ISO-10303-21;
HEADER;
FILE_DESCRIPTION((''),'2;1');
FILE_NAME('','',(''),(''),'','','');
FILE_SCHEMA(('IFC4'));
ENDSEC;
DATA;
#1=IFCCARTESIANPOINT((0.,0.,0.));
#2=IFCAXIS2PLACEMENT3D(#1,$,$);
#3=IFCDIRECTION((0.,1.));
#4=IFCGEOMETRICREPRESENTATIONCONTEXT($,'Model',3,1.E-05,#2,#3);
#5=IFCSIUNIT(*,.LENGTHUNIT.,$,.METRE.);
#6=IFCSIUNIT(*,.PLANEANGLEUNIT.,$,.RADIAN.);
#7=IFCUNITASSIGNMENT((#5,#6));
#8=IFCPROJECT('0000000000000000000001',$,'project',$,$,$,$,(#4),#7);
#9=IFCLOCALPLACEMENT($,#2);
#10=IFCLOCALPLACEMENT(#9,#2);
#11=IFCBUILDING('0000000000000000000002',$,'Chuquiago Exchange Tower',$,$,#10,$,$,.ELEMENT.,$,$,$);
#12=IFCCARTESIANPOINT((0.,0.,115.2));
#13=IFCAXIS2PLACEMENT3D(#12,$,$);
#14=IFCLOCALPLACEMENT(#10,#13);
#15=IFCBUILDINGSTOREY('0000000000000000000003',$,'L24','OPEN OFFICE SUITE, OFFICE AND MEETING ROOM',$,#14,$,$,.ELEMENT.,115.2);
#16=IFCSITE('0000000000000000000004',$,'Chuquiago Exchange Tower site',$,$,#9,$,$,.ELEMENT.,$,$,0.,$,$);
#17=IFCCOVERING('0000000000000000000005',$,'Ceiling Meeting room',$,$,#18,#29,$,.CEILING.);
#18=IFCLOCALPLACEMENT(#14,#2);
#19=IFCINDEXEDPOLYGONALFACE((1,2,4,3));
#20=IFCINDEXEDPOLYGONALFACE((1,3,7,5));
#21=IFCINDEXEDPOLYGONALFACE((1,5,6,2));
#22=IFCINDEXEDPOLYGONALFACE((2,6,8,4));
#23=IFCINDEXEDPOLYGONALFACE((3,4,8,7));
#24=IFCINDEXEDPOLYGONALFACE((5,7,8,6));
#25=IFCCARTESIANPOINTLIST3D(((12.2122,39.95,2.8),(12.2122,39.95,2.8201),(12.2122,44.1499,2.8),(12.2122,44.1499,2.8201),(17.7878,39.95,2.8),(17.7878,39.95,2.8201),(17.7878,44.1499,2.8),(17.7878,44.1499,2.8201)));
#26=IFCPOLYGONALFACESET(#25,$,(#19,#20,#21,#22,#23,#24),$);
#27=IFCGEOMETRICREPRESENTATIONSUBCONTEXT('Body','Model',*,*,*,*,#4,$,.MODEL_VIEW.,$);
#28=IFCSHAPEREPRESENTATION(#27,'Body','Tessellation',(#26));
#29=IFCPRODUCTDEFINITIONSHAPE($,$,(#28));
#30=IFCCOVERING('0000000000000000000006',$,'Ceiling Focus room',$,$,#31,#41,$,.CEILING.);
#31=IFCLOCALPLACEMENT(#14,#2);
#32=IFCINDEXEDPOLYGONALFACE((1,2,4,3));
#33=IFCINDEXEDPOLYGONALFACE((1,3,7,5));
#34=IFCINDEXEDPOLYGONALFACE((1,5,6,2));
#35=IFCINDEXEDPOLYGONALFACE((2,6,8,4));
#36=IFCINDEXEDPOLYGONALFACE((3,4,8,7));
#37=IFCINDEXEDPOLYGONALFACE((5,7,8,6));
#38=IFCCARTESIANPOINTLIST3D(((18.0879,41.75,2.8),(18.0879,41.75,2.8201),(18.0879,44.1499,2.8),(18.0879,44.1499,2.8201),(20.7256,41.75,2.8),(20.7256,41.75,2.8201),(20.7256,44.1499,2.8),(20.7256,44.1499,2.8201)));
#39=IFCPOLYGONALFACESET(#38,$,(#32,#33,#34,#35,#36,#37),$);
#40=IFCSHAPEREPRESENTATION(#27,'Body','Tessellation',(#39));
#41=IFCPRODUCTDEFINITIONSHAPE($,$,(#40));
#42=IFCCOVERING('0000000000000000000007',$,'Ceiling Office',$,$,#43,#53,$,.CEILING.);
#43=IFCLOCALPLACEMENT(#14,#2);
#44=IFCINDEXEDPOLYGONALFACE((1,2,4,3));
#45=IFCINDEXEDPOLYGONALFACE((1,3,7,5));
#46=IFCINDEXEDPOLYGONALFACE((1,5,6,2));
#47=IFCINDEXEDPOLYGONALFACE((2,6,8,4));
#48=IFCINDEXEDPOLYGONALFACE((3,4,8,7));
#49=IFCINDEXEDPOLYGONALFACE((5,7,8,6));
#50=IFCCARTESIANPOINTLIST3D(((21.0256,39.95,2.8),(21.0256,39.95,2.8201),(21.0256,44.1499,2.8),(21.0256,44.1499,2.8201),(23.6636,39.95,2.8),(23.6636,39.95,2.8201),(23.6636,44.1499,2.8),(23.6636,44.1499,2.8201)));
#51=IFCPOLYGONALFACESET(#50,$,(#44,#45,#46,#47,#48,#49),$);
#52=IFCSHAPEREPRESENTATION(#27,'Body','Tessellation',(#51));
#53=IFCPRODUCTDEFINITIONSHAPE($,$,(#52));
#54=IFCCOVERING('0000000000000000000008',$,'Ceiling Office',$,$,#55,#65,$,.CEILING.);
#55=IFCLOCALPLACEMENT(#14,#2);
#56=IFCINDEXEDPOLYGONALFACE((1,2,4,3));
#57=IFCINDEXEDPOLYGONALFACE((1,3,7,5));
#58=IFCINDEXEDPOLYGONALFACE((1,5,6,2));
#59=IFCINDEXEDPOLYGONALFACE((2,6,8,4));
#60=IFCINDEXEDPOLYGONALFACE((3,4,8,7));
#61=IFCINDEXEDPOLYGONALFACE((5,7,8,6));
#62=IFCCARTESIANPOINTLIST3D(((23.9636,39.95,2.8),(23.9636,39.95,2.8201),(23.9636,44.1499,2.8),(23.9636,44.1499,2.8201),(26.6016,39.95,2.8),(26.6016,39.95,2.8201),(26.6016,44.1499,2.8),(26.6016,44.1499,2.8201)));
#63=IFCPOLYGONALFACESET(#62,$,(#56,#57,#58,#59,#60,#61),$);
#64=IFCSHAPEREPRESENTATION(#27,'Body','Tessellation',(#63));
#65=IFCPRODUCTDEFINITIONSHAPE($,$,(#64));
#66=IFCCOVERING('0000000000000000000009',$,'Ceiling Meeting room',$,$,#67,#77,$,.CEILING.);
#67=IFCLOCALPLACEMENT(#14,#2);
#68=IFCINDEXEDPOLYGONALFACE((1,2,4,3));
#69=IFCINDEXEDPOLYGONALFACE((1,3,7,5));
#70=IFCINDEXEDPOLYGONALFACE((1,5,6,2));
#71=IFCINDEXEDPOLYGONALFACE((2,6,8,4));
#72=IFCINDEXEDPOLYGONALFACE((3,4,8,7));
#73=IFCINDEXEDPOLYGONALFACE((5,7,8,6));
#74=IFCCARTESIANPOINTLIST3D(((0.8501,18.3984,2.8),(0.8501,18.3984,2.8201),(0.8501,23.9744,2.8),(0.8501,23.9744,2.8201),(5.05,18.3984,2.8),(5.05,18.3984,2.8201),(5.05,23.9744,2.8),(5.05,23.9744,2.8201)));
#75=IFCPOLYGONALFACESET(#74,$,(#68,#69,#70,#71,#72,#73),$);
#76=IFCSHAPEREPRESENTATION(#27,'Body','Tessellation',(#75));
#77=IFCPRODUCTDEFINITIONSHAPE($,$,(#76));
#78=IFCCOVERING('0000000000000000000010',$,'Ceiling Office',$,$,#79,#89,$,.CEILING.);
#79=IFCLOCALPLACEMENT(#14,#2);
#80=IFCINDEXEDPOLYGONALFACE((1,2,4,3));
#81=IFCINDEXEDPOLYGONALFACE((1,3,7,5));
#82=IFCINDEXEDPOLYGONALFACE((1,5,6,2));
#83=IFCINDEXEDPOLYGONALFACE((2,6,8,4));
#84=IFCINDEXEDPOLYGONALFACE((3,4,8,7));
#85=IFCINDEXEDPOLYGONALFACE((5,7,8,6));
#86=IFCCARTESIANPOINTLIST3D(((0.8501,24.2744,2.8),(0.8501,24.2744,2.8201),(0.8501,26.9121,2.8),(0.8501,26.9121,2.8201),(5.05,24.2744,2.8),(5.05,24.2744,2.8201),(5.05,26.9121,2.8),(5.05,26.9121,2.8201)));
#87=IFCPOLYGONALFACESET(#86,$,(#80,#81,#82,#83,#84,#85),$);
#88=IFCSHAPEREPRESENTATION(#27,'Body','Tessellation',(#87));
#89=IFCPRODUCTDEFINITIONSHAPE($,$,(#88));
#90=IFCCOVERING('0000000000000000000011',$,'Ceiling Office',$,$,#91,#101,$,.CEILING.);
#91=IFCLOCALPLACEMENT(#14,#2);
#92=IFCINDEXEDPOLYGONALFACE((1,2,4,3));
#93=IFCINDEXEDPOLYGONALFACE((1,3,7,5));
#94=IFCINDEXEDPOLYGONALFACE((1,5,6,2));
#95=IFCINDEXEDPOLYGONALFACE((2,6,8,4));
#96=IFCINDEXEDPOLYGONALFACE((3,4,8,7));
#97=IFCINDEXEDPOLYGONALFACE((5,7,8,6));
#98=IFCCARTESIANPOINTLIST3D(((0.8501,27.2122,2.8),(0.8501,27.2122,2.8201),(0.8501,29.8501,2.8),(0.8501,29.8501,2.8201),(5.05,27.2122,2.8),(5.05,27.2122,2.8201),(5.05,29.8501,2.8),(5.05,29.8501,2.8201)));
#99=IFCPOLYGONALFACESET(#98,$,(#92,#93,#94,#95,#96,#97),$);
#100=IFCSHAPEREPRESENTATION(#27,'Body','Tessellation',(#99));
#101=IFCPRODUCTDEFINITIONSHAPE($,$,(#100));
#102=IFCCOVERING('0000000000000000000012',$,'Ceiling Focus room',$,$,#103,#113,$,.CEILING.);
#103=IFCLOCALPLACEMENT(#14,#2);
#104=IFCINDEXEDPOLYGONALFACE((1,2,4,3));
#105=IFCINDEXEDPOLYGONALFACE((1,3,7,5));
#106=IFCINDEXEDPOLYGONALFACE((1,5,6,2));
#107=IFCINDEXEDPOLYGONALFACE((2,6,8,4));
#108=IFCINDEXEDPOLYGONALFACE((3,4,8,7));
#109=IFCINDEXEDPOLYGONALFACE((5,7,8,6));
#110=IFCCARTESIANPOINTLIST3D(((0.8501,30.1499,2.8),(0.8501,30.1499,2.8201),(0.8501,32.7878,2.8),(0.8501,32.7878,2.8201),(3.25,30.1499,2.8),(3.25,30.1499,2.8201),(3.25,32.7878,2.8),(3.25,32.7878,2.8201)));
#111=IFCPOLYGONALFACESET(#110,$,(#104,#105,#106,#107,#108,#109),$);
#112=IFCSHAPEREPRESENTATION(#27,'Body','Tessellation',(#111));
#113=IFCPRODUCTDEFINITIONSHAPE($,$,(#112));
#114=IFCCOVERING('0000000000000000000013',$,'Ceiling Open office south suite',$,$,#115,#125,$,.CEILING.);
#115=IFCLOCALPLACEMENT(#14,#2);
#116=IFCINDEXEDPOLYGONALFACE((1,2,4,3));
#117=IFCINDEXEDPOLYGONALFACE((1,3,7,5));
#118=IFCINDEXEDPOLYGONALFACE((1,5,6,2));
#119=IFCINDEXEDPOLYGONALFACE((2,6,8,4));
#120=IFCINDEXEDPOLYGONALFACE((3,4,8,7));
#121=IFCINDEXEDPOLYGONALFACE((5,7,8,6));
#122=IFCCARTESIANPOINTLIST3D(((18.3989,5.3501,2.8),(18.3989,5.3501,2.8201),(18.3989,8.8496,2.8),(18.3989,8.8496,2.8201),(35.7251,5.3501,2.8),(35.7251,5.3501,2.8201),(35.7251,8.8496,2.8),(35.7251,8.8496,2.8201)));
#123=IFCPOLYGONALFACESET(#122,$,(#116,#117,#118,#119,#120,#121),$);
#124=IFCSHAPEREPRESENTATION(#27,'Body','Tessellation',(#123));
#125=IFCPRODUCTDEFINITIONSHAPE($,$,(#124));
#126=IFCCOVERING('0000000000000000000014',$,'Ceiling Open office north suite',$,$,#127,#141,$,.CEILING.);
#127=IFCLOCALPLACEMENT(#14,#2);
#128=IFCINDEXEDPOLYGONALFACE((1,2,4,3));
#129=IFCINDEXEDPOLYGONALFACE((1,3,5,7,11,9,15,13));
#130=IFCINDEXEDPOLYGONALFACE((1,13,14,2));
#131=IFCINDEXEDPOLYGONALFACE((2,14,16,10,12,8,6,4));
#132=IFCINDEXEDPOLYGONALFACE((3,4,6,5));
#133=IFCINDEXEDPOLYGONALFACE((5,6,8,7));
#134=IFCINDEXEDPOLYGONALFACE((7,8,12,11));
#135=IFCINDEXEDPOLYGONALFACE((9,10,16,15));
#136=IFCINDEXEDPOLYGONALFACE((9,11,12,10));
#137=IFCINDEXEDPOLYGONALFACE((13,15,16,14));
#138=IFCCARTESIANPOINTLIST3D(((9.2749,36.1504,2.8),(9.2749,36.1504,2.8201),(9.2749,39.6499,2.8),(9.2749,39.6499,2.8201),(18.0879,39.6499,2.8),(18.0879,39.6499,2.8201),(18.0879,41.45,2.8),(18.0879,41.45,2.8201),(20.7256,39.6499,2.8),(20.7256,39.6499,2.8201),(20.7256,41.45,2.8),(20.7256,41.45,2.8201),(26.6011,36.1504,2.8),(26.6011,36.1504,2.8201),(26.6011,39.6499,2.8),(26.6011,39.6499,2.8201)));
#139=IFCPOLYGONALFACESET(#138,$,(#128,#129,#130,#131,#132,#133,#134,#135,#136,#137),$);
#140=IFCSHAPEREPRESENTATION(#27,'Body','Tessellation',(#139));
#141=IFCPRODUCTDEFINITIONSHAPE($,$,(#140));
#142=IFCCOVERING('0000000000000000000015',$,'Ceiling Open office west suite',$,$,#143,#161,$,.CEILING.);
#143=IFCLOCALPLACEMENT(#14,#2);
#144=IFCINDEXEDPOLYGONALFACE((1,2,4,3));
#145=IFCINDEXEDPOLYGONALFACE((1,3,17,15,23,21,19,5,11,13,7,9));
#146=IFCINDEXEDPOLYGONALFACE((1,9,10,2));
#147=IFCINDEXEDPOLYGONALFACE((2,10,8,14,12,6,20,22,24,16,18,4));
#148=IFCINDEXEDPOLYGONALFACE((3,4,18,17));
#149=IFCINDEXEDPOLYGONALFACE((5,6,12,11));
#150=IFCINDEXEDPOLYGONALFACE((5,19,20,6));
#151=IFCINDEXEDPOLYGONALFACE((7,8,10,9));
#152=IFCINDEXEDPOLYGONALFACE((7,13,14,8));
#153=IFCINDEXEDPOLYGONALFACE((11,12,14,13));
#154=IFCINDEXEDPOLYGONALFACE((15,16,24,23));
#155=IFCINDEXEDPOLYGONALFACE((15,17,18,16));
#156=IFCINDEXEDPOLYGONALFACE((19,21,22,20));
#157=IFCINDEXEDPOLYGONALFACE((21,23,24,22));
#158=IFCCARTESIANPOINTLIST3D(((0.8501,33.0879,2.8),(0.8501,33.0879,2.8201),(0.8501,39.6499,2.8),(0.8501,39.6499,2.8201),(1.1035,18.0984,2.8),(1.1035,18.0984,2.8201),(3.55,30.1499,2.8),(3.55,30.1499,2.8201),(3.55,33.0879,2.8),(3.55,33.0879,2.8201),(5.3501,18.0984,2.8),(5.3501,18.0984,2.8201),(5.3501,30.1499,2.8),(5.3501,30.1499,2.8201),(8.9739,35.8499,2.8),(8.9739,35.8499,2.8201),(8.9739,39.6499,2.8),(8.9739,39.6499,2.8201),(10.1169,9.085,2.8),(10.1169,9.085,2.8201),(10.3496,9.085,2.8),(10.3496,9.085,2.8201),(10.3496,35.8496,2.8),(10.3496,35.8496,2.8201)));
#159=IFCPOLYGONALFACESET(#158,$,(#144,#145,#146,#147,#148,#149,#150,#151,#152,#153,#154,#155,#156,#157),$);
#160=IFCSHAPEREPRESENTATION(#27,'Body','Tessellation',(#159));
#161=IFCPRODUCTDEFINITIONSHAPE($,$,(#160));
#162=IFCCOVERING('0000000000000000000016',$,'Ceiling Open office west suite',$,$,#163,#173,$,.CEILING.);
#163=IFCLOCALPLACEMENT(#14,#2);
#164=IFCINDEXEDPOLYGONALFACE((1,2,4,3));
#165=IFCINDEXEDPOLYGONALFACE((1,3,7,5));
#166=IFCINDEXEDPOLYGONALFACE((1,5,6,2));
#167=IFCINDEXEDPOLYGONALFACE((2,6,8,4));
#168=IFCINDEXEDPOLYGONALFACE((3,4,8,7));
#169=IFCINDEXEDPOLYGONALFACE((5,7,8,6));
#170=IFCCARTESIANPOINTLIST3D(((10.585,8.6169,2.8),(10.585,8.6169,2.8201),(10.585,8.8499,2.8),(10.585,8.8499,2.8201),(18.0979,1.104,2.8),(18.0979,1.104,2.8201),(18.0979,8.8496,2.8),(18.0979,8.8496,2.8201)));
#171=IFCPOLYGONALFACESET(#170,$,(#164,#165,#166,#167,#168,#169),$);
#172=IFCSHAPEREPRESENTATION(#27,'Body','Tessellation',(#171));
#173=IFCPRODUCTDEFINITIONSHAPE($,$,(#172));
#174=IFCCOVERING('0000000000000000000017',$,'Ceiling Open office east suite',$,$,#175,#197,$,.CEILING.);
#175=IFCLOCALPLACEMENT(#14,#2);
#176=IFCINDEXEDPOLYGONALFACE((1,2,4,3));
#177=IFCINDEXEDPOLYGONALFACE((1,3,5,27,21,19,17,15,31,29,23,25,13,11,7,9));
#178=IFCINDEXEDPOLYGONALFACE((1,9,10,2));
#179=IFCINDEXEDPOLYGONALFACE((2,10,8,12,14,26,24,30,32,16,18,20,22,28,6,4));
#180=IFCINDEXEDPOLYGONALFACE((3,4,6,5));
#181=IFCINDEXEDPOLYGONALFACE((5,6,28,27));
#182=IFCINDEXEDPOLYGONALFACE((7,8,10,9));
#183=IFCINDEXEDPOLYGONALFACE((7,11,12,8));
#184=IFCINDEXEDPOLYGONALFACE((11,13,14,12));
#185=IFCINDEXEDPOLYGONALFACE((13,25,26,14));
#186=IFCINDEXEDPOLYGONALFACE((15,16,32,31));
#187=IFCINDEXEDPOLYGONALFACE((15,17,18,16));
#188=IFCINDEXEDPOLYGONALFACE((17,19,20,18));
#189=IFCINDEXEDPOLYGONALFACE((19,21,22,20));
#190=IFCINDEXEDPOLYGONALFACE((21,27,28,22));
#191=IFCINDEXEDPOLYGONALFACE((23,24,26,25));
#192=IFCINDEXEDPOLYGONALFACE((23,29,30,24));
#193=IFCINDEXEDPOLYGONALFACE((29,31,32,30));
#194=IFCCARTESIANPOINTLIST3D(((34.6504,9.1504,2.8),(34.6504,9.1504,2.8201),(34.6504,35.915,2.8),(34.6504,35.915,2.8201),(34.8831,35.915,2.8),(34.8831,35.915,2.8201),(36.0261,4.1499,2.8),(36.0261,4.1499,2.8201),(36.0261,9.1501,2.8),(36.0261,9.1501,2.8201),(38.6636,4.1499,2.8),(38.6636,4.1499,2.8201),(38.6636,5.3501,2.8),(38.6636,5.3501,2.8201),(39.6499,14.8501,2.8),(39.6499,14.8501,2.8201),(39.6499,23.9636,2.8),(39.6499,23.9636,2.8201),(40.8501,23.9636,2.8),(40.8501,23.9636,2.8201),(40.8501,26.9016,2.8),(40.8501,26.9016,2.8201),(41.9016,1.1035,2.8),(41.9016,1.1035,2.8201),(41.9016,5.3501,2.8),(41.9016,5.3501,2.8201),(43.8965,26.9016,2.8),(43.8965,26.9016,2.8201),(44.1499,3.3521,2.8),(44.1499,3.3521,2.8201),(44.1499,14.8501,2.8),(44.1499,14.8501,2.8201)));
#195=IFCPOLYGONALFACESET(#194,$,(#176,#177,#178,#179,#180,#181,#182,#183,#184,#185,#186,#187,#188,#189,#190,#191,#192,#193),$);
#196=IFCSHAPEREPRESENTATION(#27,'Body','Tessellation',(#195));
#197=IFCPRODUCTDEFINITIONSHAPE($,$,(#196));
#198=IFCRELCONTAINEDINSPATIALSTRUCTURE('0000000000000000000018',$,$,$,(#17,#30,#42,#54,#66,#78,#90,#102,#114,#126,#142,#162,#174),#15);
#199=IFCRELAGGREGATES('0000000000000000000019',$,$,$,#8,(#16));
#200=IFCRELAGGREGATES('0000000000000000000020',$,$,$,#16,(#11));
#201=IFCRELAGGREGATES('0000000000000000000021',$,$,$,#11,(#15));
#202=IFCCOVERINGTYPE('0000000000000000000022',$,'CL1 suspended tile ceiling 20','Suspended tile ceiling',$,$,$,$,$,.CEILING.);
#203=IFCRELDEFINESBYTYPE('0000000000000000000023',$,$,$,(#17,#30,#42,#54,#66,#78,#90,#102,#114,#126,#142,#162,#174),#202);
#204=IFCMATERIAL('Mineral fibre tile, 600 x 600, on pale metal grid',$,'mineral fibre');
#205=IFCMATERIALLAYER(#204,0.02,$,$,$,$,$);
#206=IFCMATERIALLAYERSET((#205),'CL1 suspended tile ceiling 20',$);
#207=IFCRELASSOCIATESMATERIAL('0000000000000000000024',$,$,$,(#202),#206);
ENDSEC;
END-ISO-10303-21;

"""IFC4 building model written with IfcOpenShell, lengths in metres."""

from ifc_helpers import new_model, si_unit, direction, frame, origin, place, context, subcontext, project, spatial, polyline, outline, extrude, material, layer, layer_set, type_object, element, save


model = new_model("IFC4")

# Units and contexts
model_context = context("Model", 3, precision=1e-05, world=origin(), true_north=direction((0.0, 1.0)))
body_context = subcontext(model_context, "Body", "Model", "MODEL_VIEW")
ifc_project = project(units=[si_unit("LENGTHUNIT", "METRE"), si_unit("PLANEANGLEUNIT", "RADIAN")], contexts=[model_context])

# Site, building, storey
site_placement = place(None, origin())
site = spatial("IfcSite", under=ifc_project, at=site_placement, Name="Chuquiago Exchange Tower site", CompositionType="ELEMENT", RefElevation=0.0)
building_placement = place(site_placement, origin())
building = spatial("IfcBuilding", under=site, at=building_placement, Name="Chuquiago Exchange Tower", CompositionType="ELEMENT")
storey_placement = place(building_placement, frame((0.0, 0.0, 115.2)))
storey = spatial("IfcBuildingStorey", under=building, at=storey_placement, Name="L24", Description="OPEN OFFICE SUITE, OFFICE AND MEETING ROOM", CompositionType="ELEMENT", Elevation=115.2)

# Coverings
ifc_material_1 = material(Name="Mineral fibre tile, 600 x 600, on pale metal grid", Category="mineral fibre")
ifc_layer_1 = layer(ifc_material_1, 0.02)
ifc_layer_set_1 = layer_set([ifc_layer_1], Name="CL1 suspended tile ceiling 20")
covering_type_1 = type_object("IfcCoveringType", Name="CL1 suspended tile ceiling 20", Description="Suspended tile ceiling", PredefinedType="CEILING", material=ifc_layer_set_1)
covering_1_placement = place(storey_placement, frame((0.0, 0.0, 2.8)))
element("IfcCovering", 1, at=covering_1_placement, inside=storey, type_object=covering_type_1, Name="Ceiling Meeting room", PredefinedType="CEILING", context=body_context, shape_type="SweptSolid", body=[
    extrude(outline(polyline([(17.7878, 39.95), (12.2122, 39.95), (12.2122, 44.1499), (17.7878, 44.1499), (17.7878, 39.95)])), origin(), (0.0, 0.0, 1.0), 0.02),
])
covering_2_placement = place(storey_placement, frame((0.0, 0.0, 2.8)))
element("IfcCovering", 2, at=covering_2_placement, inside=storey, type_object=covering_type_1, Name="Ceiling Focus room", PredefinedType="CEILING", context=body_context, shape_type="SweptSolid", body=[
    extrude(outline(polyline([(20.7256, 41.75), (18.0879, 41.75), (18.0879, 44.1499), (20.7256, 44.1499), (20.7256, 41.75)])), origin(), (0.0, 0.0, 1.0), 0.02),
])
covering_3_placement = place(storey_placement, frame((0.0, 0.0, 2.8)))
element("IfcCovering", 3, at=covering_3_placement, inside=storey, type_object=covering_type_1, Name="Ceiling Office", PredefinedType="CEILING", context=body_context, shape_type="SweptSolid", body=[
    extrude(outline(polyline([(23.6636, 39.95), (21.0256, 39.95), (21.0256, 44.1499), (23.6636, 44.1499), (23.6636, 39.95)])), origin(), (0.0, 0.0, 1.0), 0.02),
])
covering_4_placement = place(storey_placement, frame((0.0, 0.0, 2.8)))
element("IfcCovering", 4, at=covering_4_placement, inside=storey, type_object=covering_type_1, Name="Ceiling Office", PredefinedType="CEILING", context=body_context, shape_type="SweptSolid", body=[
    extrude(outline(polyline([(26.6016, 39.95), (23.9636, 39.95), (23.9636, 44.1499), (26.6016, 44.1499), (26.6016, 39.95)])), origin(), (0.0, 0.0, 1.0), 0.02),
])
covering_5_placement = place(storey_placement, frame((0.0, 0.0, 2.8)))
element("IfcCovering", 5, at=covering_5_placement, inside=storey, type_object=covering_type_1, Name="Ceiling Meeting room", PredefinedType="CEILING", context=body_context, shape_type="SweptSolid", body=[
    extrude(outline(polyline([(0.8501, 23.9744), (5.05, 23.9744), (5.05, 18.3984), (0.8501, 18.3984), (0.8501, 23.9744)])), origin(), (0.0, 0.0, 1.0), 0.02),
])
covering_6_placement = place(storey_placement, frame((0.0, 0.0, 2.8)))
element("IfcCovering", 6, at=covering_6_placement, inside=storey, type_object=covering_type_1, Name="Ceiling Office", PredefinedType="CEILING", context=body_context, shape_type="SweptSolid", body=[
    extrude(outline(polyline([(5.05, 26.9121), (5.05, 24.2744), (0.8501, 24.2744), (0.8501, 26.9121), (5.05, 26.9121)])), origin(), (0.0, 0.0, 1.0), 0.02),
])
covering_7_placement = place(storey_placement, frame((0.0, 0.0, 2.8)))
element("IfcCovering", 7, at=covering_7_placement, inside=storey, type_object=covering_type_1, Name="Ceiling Office", PredefinedType="CEILING", context=body_context, shape_type="SweptSolid", body=[
    extrude(outline(polyline([(5.05, 29.8501), (5.05, 27.2122), (0.8501, 27.2122), (0.8501, 29.8501), (5.05, 29.8501)])), origin(), (0.0, 0.0, 1.0), 0.02),
])
covering_8_placement = place(storey_placement, frame((0.0, 0.0, 2.8)))
element("IfcCovering", 8, at=covering_8_placement, inside=storey, type_object=covering_type_1, Name="Ceiling Focus room", PredefinedType="CEILING", context=body_context, shape_type="SweptSolid", body=[
    extrude(outline(polyline([(3.25, 32.7878), (3.25, 30.1499), (0.8501, 30.1499), (0.8501, 32.7878), (3.25, 32.7878)])), origin(), (0.0, 0.0, 1.0), 0.02),
])
covering_9_placement = place(storey_placement, frame((0.0, 0.0, 2.8)))
element("IfcCovering", 9, at=covering_9_placement, inside=storey, type_object=covering_type_1, Name="Ceiling Open office south suite", PredefinedType="CEILING", context=body_context, shape_type="SweptSolid", body=[
    extrude(outline(polyline([(18.3989, 5.3501), (18.3989, 8.8496), (35.7251, 8.8496), (35.7251, 5.3501), (18.3989, 5.3501)])), origin(), (0.0, 0.0, 1.0), 0.02),
])
covering_10_placement = place(storey_placement, frame((0.0, 0.0, 2.8)))
element("IfcCovering", 10, at=covering_10_placement, inside=storey, type_object=covering_type_1, Name="Ceiling Open office north suite", PredefinedType="CEILING", context=body_context, shape_type="SweptSolid", body=[
    extrude(outline(polyline([(18.0879, 39.6499), (18.0879, 41.45), (20.7256, 41.45), (20.7256, 39.6499), (26.6011, 39.6499), (26.6011, 36.1504), (9.2749, 36.1504), (9.2749, 39.6499), (18.0879, 39.6499)])), origin(), (0.0, 0.0, 1.0), 0.02),
])
covering_11_placement = place(storey_placement, frame((0.0, 0.0, 2.8)))
element("IfcCovering", 11, at=covering_11_placement, inside=storey, type_object=covering_type_1, Name="Ceiling Open office west suite", PredefinedType="CEILING", context=body_context, shape_type="SweptSolid", body=[
    extrude(outline(polyline([(8.9739, 39.6499), (8.9739, 35.8499), (10.3496, 35.8496), (10.3496, 9.085), (10.1169, 9.085), (1.1035, 18.0984), (5.3501, 18.0984), (5.3501, 30.1499), (3.55, 30.1499), (3.55, 33.0879), (0.8501, 33.0879), (0.8501, 39.6499), (8.9739, 39.6499)])), origin(), (0.0, 0.0, 1.0), 0.02),
])
covering_12_placement = place(storey_placement, frame((0.0, 0.0, 2.8)))
element("IfcCovering", 12, at=covering_12_placement, inside=storey, type_object=covering_type_1, Name="Ceiling Open office west suite", PredefinedType="CEILING", context=body_context, shape_type="SweptSolid", body=[
    extrude(outline(polyline([(18.0979, 8.8496), (18.0979, 1.104), (10.585, 8.6169), (10.585, 8.8499), (18.0979, 8.8496)])), origin(), (0.0, 0.0, 1.0), 0.02),
])
covering_13_placement = place(storey_placement, frame((0.0, 0.0, 2.8)))
element("IfcCovering", 13, at=covering_13_placement, inside=storey, type_object=covering_type_1, Name="Ceiling Open office east suite", PredefinedType="CEILING", context=body_context, shape_type="SweptSolid", body=[
    extrude(outline(polyline([(43.8965, 26.9016), (40.8501, 26.9016), (40.8501, 23.9636), (39.6499, 23.9636), (39.6499, 14.8501), (44.1499, 14.8501), (44.1499, 3.3521), (41.9016, 1.1035), (41.9016, 5.3501), (38.6636, 5.3501), (38.6636, 4.1499), (36.0261, 4.1499), (36.0261, 9.1501), (34.6504, 9.1504), (34.6504, 35.915), (34.8831, 35.915), (43.8965, 26.9016)])), origin(), (0.0, 0.0, 1.0), 0.02),
])

save(model, "model.ifc")
